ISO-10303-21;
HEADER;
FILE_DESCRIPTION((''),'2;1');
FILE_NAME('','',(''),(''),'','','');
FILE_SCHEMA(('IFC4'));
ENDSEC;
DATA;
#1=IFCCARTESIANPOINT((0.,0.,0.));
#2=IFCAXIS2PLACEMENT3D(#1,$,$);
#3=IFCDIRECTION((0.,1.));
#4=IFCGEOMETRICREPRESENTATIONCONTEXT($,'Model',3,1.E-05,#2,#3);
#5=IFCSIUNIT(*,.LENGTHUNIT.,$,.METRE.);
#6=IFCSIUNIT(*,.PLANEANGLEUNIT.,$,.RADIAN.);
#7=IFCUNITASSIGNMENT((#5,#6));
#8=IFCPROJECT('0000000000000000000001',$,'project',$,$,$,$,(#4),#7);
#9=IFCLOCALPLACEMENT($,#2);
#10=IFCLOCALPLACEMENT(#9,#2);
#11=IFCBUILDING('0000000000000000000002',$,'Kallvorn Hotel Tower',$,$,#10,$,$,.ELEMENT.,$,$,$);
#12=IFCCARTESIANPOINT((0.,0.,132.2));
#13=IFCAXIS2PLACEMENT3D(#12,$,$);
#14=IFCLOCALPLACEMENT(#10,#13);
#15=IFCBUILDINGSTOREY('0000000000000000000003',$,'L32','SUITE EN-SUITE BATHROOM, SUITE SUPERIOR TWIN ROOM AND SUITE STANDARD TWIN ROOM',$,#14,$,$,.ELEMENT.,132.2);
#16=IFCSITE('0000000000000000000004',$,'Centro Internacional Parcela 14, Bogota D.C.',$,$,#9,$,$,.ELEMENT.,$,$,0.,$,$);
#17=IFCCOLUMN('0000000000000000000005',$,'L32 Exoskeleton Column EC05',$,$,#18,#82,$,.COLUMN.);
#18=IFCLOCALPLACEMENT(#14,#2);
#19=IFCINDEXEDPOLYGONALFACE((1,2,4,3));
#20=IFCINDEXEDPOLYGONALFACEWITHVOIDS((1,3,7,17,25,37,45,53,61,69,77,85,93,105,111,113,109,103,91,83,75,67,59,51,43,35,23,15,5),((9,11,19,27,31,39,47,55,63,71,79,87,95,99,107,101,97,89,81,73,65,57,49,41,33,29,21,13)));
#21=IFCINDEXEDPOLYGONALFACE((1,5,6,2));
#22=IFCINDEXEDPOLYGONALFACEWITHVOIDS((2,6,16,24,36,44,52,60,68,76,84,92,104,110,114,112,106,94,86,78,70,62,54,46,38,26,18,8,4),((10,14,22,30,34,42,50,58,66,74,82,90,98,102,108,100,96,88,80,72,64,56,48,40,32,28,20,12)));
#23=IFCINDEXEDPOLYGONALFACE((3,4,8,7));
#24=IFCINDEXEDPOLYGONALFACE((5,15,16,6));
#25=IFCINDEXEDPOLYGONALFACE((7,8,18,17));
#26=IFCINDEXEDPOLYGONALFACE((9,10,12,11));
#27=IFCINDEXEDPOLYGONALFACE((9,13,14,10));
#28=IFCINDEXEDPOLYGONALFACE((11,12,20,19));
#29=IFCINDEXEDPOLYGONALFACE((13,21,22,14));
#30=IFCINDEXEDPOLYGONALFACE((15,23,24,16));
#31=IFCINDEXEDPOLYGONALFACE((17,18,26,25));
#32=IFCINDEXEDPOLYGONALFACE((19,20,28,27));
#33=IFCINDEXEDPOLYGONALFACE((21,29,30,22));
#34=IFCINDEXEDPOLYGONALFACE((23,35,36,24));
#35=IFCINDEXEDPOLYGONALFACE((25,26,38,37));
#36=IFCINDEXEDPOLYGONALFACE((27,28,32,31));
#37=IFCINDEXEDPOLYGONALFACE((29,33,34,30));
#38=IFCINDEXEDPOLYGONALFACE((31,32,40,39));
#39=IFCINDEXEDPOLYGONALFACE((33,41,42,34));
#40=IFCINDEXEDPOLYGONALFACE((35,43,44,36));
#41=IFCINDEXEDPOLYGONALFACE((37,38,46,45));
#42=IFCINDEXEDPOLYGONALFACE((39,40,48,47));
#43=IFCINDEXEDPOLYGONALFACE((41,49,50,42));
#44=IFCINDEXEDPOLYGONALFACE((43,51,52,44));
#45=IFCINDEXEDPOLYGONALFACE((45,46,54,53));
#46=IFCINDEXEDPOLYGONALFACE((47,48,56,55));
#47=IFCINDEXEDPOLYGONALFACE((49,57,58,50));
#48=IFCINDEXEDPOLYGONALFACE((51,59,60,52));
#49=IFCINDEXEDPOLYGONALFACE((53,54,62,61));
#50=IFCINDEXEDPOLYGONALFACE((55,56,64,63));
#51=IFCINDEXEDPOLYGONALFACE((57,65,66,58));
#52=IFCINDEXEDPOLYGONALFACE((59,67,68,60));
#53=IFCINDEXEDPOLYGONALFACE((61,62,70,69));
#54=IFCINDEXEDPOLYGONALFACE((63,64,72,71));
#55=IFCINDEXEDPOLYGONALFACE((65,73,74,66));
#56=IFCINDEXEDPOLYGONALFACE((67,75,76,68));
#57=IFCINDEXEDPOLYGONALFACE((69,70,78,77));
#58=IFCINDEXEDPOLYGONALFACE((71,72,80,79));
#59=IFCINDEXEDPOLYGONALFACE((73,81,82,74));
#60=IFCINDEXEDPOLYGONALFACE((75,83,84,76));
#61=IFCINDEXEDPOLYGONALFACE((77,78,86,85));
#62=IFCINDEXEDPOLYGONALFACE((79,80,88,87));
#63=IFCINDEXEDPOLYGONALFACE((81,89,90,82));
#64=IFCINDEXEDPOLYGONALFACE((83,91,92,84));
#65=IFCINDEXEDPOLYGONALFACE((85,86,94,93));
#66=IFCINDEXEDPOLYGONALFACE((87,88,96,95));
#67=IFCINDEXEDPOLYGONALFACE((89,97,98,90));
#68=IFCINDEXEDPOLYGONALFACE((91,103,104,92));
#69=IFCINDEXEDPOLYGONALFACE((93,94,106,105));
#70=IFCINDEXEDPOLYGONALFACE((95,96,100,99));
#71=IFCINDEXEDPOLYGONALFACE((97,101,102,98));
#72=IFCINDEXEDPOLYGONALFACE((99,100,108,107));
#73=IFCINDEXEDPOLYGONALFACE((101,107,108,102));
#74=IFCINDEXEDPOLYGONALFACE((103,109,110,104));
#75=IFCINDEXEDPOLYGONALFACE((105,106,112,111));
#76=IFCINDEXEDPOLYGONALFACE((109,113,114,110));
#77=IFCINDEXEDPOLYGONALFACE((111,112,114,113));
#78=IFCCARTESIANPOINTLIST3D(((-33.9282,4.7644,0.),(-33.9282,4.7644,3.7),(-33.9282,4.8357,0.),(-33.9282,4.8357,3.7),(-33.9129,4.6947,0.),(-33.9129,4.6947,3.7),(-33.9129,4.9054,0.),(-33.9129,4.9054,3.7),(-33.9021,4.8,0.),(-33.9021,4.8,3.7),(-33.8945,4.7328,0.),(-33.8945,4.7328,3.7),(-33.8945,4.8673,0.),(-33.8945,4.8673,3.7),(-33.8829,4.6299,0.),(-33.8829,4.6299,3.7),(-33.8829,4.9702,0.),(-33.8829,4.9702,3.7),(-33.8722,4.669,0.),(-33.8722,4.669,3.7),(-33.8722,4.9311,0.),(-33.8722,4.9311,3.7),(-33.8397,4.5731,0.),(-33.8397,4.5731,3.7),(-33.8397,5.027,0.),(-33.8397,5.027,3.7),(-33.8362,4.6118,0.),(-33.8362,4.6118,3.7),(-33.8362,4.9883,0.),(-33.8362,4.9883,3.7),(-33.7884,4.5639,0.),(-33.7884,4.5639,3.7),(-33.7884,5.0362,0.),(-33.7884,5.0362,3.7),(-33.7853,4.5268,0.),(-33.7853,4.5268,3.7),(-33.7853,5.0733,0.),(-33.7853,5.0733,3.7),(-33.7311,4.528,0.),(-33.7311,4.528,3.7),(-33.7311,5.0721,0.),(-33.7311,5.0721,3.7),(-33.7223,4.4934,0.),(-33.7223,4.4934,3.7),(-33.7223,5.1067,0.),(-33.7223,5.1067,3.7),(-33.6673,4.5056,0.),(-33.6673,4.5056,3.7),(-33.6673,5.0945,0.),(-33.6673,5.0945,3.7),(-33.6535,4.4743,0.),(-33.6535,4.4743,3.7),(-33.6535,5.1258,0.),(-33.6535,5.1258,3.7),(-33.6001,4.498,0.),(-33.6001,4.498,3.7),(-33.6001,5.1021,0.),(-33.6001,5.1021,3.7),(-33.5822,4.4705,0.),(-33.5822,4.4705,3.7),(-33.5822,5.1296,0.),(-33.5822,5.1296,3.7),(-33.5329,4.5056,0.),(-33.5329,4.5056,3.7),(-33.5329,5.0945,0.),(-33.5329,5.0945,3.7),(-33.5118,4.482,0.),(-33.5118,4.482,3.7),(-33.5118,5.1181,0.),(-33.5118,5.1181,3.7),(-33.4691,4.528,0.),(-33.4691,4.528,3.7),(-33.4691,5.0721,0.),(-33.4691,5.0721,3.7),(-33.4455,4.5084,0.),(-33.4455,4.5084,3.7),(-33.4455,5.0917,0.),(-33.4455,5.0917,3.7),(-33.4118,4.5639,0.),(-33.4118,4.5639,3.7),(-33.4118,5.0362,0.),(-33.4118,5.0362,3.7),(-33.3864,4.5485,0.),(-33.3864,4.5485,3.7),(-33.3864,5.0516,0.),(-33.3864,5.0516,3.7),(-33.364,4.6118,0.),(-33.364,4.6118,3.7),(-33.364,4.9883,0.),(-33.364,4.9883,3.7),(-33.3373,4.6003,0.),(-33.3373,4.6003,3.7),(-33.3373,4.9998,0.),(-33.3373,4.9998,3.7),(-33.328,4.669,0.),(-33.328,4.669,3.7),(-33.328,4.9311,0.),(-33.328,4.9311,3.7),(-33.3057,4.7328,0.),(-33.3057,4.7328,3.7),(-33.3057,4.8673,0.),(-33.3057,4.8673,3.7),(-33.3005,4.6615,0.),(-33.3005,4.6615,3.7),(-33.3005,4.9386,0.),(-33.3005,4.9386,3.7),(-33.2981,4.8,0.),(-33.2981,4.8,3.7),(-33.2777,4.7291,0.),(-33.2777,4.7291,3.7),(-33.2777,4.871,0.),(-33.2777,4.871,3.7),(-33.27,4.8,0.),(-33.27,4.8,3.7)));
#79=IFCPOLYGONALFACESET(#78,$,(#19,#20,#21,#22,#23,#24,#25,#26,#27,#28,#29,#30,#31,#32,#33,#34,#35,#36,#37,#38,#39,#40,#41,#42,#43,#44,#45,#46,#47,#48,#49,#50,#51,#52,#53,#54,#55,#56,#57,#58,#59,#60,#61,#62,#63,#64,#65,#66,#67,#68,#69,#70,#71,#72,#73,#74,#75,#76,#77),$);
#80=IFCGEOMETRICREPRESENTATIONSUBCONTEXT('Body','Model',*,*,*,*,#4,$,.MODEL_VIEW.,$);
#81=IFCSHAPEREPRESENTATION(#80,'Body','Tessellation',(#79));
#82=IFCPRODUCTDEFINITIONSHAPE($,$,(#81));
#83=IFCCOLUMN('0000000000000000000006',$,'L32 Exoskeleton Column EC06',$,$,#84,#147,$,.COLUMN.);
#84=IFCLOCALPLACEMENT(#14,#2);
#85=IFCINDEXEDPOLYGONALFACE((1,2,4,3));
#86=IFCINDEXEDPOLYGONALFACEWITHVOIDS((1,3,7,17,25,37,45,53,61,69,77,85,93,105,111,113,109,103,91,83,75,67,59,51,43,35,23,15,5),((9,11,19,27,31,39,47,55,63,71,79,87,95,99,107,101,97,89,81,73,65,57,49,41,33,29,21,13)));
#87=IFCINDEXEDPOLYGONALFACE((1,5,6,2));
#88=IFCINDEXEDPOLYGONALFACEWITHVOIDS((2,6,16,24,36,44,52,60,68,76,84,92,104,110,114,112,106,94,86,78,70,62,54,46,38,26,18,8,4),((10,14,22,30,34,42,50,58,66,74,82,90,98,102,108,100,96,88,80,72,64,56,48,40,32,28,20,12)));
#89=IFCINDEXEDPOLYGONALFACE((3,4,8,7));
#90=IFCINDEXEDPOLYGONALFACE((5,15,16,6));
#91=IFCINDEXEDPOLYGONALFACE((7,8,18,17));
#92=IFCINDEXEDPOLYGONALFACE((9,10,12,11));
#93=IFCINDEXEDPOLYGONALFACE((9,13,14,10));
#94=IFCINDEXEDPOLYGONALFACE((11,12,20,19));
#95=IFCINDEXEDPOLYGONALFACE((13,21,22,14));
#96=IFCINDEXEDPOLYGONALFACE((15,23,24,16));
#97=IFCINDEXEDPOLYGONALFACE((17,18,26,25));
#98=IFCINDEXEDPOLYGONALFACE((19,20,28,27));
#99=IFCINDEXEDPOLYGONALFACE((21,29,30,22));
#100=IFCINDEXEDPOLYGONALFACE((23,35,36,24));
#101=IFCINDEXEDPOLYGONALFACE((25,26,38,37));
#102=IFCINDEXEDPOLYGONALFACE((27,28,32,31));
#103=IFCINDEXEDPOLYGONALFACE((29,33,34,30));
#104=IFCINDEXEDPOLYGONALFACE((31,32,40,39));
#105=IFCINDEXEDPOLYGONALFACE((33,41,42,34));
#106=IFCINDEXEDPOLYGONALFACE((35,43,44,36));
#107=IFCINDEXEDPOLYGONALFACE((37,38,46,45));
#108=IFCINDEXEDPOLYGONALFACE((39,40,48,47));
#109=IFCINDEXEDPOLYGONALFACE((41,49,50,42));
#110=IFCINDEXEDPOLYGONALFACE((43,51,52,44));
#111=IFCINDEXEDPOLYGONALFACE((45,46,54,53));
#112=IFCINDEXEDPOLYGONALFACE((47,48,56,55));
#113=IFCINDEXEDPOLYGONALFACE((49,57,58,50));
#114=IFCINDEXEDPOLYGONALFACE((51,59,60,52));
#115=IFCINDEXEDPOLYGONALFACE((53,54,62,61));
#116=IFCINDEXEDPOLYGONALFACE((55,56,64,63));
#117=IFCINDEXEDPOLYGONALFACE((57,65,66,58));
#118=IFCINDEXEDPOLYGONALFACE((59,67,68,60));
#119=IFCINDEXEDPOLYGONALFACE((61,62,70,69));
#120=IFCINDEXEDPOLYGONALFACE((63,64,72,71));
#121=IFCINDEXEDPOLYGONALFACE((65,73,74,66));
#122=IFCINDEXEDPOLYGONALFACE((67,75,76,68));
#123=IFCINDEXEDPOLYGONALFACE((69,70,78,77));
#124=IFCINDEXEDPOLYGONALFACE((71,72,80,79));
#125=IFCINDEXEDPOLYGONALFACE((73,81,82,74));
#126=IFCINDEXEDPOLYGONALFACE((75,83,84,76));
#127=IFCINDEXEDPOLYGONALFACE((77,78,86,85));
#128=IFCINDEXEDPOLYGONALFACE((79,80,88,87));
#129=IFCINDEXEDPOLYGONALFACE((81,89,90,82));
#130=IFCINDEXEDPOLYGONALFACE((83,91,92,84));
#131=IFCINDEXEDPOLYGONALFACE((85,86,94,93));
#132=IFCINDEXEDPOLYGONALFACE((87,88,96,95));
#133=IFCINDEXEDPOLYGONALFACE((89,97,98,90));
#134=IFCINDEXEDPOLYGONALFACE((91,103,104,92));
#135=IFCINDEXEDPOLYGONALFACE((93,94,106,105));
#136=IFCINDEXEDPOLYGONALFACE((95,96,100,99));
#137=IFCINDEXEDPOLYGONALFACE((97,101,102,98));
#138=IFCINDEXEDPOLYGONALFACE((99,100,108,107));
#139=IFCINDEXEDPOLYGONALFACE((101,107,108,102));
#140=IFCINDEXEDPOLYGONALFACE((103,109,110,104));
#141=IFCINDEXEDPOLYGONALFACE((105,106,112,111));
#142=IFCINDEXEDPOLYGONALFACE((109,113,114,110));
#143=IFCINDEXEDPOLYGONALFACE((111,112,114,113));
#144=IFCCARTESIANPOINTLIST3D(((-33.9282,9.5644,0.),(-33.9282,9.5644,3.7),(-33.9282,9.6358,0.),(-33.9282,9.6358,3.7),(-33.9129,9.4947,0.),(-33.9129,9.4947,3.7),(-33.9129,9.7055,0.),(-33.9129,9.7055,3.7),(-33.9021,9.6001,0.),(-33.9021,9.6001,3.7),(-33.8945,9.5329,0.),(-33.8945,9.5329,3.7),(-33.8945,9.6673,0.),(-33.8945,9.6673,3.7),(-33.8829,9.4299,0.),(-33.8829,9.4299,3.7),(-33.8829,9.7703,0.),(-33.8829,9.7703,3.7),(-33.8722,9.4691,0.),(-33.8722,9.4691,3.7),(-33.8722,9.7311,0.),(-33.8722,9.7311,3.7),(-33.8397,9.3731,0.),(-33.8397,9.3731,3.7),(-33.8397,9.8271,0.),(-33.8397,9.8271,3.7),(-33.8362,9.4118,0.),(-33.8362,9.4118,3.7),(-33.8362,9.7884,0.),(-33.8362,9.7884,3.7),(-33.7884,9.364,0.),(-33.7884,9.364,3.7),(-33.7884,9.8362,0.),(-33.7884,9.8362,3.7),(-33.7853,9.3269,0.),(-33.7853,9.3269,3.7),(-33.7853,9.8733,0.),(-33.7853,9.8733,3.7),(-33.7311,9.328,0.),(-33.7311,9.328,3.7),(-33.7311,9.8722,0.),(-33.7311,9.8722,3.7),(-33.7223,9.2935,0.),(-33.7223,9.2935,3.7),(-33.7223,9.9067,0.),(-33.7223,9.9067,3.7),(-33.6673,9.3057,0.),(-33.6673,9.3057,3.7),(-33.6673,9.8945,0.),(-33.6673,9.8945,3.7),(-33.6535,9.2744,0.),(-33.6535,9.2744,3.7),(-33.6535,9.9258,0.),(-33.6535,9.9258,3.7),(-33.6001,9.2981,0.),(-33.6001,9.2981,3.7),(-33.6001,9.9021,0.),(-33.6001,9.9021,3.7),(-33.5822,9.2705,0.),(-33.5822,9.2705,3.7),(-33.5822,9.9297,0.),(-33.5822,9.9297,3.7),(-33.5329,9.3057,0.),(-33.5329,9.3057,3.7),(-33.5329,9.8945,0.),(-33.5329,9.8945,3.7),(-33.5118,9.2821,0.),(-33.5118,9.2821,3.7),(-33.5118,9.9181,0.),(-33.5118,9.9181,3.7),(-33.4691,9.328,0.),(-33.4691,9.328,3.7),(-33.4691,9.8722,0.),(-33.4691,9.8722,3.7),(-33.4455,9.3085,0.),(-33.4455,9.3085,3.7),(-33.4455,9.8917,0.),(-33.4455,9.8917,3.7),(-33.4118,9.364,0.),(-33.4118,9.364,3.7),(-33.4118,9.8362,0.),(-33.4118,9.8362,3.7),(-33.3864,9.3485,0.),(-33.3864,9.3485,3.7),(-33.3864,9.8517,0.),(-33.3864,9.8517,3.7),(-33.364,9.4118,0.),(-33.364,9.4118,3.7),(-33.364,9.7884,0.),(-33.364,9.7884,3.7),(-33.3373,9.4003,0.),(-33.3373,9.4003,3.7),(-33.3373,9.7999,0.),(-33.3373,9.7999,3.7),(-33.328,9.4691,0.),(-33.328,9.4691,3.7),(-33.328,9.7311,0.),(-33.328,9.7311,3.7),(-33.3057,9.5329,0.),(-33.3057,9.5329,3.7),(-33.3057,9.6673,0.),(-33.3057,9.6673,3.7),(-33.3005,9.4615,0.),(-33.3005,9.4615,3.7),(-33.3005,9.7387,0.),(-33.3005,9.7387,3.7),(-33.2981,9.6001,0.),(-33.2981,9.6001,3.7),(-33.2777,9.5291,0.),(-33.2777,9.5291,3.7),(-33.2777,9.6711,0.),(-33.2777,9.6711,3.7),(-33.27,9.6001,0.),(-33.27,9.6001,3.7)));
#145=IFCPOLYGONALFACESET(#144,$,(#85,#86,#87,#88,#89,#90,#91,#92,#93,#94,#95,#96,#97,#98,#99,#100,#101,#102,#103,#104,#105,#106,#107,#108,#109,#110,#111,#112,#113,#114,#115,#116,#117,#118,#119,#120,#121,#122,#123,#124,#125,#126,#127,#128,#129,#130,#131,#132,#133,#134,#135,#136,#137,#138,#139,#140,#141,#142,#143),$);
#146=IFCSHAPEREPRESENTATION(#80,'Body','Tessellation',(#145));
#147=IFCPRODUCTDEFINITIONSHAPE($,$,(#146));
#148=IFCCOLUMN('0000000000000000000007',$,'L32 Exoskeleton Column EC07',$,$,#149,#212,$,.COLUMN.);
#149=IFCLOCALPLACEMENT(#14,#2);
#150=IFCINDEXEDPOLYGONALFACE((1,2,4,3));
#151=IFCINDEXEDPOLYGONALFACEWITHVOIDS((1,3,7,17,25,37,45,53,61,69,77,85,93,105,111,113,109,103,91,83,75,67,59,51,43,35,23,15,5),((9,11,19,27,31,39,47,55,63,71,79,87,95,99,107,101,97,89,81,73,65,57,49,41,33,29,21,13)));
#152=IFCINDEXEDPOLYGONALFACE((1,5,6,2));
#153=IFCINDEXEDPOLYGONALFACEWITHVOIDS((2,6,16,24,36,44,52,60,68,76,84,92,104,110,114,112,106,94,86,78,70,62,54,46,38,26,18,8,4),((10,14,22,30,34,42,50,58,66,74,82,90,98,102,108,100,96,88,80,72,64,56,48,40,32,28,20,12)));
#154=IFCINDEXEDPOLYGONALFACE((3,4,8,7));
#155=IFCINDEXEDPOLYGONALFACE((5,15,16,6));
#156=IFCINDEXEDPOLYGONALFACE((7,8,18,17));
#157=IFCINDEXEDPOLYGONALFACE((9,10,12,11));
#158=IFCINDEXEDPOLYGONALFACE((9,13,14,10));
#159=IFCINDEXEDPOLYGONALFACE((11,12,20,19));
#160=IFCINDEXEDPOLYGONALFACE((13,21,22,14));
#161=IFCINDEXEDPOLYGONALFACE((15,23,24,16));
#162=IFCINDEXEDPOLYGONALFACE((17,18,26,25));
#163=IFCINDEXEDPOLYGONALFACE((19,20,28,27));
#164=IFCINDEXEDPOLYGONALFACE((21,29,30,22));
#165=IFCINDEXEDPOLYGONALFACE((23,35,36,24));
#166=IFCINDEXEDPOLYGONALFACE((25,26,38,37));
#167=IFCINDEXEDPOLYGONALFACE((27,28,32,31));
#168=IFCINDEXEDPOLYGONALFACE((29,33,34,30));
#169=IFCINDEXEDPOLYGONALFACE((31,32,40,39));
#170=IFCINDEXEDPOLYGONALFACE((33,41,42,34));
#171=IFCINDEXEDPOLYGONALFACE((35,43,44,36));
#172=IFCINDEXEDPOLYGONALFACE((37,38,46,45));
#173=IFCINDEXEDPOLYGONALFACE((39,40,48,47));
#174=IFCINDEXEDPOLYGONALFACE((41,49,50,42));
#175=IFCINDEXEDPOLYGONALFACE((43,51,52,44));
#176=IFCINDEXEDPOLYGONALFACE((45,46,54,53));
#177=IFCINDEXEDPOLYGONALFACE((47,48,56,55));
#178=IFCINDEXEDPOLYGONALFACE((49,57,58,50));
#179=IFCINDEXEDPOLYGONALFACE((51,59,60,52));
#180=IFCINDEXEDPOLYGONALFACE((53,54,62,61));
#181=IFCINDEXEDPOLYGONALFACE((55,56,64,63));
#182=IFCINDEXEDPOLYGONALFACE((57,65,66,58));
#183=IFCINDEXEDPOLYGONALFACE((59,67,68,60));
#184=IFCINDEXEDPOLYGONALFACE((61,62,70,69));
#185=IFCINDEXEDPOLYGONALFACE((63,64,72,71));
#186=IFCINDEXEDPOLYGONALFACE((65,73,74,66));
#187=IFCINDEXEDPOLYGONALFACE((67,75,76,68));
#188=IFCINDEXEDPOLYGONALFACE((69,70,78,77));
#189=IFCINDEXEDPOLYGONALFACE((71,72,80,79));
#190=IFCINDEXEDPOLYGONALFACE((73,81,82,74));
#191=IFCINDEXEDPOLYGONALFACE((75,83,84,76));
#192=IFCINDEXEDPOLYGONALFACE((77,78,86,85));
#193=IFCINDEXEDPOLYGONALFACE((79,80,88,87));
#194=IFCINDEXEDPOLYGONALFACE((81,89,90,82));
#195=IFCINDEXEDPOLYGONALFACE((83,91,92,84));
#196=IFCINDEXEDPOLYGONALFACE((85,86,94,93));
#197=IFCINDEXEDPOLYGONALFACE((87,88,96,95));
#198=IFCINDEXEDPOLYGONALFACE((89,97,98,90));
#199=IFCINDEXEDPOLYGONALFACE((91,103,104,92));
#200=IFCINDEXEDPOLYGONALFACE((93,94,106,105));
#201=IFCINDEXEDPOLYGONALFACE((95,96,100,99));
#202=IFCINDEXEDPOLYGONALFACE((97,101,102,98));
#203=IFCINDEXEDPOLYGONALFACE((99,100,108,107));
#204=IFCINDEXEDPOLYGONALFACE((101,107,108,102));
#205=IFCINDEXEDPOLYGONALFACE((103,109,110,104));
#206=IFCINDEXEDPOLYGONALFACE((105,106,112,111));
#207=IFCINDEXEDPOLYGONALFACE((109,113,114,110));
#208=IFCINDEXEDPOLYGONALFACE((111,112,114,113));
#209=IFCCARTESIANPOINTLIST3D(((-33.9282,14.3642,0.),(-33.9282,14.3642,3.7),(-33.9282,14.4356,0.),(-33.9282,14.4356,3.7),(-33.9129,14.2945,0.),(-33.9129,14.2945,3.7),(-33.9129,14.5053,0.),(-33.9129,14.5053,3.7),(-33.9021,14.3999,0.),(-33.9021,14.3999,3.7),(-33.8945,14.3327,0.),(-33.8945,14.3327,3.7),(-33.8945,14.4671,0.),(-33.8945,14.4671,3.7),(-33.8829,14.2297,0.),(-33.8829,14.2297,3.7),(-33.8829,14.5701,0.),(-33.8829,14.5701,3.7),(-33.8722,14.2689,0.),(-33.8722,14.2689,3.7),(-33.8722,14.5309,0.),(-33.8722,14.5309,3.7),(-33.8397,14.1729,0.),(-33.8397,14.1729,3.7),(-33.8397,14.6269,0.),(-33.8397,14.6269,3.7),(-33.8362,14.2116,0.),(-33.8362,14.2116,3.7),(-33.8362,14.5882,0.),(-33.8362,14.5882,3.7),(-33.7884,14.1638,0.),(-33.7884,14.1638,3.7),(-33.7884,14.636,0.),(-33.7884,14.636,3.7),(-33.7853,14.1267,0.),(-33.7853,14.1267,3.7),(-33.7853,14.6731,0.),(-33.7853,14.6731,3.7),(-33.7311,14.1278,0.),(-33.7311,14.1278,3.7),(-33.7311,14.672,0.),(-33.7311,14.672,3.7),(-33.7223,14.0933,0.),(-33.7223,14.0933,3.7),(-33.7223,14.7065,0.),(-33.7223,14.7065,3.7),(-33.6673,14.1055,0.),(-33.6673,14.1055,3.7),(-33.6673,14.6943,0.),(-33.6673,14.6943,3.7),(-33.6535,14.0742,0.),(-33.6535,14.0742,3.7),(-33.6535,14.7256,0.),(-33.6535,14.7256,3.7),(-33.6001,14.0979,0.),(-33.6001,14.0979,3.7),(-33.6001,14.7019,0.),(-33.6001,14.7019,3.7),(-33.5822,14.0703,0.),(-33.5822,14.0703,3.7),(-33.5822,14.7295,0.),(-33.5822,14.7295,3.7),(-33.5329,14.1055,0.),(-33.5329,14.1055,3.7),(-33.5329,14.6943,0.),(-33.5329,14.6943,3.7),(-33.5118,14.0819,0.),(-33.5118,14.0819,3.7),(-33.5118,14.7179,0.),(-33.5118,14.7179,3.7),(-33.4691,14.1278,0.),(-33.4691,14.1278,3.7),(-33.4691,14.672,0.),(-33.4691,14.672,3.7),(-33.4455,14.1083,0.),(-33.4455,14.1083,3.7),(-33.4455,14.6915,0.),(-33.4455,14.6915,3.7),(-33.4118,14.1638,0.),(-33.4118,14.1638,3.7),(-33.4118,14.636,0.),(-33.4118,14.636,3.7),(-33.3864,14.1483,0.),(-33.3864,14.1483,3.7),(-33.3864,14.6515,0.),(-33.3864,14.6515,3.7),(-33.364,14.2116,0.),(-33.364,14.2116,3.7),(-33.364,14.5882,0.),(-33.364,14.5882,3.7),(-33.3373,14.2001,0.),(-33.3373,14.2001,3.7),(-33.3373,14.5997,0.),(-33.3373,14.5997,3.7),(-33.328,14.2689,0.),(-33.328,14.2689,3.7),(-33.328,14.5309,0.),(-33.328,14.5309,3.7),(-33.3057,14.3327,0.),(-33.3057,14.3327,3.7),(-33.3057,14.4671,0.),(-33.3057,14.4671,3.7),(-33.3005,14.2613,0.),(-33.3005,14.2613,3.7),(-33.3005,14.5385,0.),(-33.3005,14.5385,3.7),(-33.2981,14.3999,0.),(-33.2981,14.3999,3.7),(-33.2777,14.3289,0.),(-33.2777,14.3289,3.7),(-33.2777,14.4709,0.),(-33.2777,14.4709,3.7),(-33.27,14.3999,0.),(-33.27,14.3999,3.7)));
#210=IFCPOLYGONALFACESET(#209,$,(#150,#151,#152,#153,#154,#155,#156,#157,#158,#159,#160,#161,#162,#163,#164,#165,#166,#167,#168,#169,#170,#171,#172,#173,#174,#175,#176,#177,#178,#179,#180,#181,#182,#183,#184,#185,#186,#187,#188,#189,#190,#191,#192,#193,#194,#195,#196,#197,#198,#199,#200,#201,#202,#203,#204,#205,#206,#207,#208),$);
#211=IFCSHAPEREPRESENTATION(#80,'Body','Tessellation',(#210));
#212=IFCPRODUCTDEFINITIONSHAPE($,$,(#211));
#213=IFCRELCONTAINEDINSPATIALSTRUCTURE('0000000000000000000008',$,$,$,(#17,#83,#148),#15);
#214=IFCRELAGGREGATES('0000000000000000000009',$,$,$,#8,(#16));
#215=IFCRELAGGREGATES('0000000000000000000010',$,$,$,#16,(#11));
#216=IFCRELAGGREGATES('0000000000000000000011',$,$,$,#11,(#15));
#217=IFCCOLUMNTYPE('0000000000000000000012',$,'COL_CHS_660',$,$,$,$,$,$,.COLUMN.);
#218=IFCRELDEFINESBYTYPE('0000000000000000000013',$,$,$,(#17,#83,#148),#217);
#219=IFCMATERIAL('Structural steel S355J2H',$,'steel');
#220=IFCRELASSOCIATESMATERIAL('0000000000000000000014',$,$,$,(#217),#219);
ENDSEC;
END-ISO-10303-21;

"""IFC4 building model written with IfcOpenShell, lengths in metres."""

from ifc_helpers import new_model, si_unit, direction, frame, origin, origin_2d, place, context, subcontext, project, spatial, hollow_circle, extrude, material, material_profile, profile_set, type_object, element, save


model = new_model("IFC4")

# Units and contexts
model_context = context("Model", 3, precision=1e-05, world=origin(), true_north=direction((0.0, 1.0)))
body_context = subcontext(model_context, "Body", "Model", "MODEL_VIEW")
ifc_project = project(units=[si_unit("LENGTHUNIT", "METRE"), si_unit("PLANEANGLEUNIT", "RADIAN")], contexts=[model_context])

# Site, building, storey
site_placement = place(None, origin())
site = spatial("IfcSite", under=ifc_project, at=site_placement, Name="Centro Internacional Parcela 14, Bogota D.C.", CompositionType="ELEMENT", RefElevation=0.0)
building_placement = place(site_placement, origin())
building = spatial("IfcBuilding", under=site, at=building_placement, Name="Kallvorn Hotel Tower", CompositionType="ELEMENT")
storey_placement = place(building_placement, frame((0.0, 0.0, 132.2)))
storey = spatial("IfcBuildingStorey", under=building, at=storey_placement, Name="L32", Description="SUITE EN-SUITE BATHROOM, SUITE SUPERIOR TWIN ROOM AND SUITE STANDARD TWIN ROOM", CompositionType="ELEMENT", Elevation=132.2)

# Columns
ifc_material_1 = material(Name="Structural steel S355J2H", Category="steel")
ifc_material_profile_1 = material_profile(ifc_material_1, hollow_circle(Radius=0.3301, WallThickness=0.0281, at=origin_2d()), Name="CHS 660x28")
ifc_profile_set_1 = profile_set([ifc_material_profile_1], Name="Structural steel S355J2H")
column_type_1 = type_object("IfcColumnType", Name="COL_CHS_660", PredefinedType="COLUMN", material=ifc_profile_set_1)
for number, where, z_axis, x_axis, name in (
    (1, (-33.6001, 4.8, 0.0), (0.0, 0.0, 1.0), (1.0, 0.0, 0.0), "L32 Exoskeleton Column EC05"),
    (2, (-33.6001, 9.6001, 0.0), (0.0, 0.0, 1.0), (1.0, 0.0, 0.0), "L32 Exoskeleton Column EC06"),
    (3, (-33.6001, 14.3999, 0.0), (0.0, 0.0, 1.0), (1.0, 0.0, 0.0), "L32 Exoskeleton Column EC07"),
):
    element("IfcColumn", number, at=place(storey_placement, frame(where, z_axis=z_axis, x_axis=x_axis)), inside=storey, type_object=column_type_1, Name=name, PredefinedType="COLUMN", context=body_context, shape_type="SweptSolid", body=[
        extrude(hollow_circle(Radius=0.3301, WallThickness=0.0281, at=origin_2d()), origin(), (0.0, 0.0, 1.0), 3.7),
    ])

save(model, "model.ifc")
